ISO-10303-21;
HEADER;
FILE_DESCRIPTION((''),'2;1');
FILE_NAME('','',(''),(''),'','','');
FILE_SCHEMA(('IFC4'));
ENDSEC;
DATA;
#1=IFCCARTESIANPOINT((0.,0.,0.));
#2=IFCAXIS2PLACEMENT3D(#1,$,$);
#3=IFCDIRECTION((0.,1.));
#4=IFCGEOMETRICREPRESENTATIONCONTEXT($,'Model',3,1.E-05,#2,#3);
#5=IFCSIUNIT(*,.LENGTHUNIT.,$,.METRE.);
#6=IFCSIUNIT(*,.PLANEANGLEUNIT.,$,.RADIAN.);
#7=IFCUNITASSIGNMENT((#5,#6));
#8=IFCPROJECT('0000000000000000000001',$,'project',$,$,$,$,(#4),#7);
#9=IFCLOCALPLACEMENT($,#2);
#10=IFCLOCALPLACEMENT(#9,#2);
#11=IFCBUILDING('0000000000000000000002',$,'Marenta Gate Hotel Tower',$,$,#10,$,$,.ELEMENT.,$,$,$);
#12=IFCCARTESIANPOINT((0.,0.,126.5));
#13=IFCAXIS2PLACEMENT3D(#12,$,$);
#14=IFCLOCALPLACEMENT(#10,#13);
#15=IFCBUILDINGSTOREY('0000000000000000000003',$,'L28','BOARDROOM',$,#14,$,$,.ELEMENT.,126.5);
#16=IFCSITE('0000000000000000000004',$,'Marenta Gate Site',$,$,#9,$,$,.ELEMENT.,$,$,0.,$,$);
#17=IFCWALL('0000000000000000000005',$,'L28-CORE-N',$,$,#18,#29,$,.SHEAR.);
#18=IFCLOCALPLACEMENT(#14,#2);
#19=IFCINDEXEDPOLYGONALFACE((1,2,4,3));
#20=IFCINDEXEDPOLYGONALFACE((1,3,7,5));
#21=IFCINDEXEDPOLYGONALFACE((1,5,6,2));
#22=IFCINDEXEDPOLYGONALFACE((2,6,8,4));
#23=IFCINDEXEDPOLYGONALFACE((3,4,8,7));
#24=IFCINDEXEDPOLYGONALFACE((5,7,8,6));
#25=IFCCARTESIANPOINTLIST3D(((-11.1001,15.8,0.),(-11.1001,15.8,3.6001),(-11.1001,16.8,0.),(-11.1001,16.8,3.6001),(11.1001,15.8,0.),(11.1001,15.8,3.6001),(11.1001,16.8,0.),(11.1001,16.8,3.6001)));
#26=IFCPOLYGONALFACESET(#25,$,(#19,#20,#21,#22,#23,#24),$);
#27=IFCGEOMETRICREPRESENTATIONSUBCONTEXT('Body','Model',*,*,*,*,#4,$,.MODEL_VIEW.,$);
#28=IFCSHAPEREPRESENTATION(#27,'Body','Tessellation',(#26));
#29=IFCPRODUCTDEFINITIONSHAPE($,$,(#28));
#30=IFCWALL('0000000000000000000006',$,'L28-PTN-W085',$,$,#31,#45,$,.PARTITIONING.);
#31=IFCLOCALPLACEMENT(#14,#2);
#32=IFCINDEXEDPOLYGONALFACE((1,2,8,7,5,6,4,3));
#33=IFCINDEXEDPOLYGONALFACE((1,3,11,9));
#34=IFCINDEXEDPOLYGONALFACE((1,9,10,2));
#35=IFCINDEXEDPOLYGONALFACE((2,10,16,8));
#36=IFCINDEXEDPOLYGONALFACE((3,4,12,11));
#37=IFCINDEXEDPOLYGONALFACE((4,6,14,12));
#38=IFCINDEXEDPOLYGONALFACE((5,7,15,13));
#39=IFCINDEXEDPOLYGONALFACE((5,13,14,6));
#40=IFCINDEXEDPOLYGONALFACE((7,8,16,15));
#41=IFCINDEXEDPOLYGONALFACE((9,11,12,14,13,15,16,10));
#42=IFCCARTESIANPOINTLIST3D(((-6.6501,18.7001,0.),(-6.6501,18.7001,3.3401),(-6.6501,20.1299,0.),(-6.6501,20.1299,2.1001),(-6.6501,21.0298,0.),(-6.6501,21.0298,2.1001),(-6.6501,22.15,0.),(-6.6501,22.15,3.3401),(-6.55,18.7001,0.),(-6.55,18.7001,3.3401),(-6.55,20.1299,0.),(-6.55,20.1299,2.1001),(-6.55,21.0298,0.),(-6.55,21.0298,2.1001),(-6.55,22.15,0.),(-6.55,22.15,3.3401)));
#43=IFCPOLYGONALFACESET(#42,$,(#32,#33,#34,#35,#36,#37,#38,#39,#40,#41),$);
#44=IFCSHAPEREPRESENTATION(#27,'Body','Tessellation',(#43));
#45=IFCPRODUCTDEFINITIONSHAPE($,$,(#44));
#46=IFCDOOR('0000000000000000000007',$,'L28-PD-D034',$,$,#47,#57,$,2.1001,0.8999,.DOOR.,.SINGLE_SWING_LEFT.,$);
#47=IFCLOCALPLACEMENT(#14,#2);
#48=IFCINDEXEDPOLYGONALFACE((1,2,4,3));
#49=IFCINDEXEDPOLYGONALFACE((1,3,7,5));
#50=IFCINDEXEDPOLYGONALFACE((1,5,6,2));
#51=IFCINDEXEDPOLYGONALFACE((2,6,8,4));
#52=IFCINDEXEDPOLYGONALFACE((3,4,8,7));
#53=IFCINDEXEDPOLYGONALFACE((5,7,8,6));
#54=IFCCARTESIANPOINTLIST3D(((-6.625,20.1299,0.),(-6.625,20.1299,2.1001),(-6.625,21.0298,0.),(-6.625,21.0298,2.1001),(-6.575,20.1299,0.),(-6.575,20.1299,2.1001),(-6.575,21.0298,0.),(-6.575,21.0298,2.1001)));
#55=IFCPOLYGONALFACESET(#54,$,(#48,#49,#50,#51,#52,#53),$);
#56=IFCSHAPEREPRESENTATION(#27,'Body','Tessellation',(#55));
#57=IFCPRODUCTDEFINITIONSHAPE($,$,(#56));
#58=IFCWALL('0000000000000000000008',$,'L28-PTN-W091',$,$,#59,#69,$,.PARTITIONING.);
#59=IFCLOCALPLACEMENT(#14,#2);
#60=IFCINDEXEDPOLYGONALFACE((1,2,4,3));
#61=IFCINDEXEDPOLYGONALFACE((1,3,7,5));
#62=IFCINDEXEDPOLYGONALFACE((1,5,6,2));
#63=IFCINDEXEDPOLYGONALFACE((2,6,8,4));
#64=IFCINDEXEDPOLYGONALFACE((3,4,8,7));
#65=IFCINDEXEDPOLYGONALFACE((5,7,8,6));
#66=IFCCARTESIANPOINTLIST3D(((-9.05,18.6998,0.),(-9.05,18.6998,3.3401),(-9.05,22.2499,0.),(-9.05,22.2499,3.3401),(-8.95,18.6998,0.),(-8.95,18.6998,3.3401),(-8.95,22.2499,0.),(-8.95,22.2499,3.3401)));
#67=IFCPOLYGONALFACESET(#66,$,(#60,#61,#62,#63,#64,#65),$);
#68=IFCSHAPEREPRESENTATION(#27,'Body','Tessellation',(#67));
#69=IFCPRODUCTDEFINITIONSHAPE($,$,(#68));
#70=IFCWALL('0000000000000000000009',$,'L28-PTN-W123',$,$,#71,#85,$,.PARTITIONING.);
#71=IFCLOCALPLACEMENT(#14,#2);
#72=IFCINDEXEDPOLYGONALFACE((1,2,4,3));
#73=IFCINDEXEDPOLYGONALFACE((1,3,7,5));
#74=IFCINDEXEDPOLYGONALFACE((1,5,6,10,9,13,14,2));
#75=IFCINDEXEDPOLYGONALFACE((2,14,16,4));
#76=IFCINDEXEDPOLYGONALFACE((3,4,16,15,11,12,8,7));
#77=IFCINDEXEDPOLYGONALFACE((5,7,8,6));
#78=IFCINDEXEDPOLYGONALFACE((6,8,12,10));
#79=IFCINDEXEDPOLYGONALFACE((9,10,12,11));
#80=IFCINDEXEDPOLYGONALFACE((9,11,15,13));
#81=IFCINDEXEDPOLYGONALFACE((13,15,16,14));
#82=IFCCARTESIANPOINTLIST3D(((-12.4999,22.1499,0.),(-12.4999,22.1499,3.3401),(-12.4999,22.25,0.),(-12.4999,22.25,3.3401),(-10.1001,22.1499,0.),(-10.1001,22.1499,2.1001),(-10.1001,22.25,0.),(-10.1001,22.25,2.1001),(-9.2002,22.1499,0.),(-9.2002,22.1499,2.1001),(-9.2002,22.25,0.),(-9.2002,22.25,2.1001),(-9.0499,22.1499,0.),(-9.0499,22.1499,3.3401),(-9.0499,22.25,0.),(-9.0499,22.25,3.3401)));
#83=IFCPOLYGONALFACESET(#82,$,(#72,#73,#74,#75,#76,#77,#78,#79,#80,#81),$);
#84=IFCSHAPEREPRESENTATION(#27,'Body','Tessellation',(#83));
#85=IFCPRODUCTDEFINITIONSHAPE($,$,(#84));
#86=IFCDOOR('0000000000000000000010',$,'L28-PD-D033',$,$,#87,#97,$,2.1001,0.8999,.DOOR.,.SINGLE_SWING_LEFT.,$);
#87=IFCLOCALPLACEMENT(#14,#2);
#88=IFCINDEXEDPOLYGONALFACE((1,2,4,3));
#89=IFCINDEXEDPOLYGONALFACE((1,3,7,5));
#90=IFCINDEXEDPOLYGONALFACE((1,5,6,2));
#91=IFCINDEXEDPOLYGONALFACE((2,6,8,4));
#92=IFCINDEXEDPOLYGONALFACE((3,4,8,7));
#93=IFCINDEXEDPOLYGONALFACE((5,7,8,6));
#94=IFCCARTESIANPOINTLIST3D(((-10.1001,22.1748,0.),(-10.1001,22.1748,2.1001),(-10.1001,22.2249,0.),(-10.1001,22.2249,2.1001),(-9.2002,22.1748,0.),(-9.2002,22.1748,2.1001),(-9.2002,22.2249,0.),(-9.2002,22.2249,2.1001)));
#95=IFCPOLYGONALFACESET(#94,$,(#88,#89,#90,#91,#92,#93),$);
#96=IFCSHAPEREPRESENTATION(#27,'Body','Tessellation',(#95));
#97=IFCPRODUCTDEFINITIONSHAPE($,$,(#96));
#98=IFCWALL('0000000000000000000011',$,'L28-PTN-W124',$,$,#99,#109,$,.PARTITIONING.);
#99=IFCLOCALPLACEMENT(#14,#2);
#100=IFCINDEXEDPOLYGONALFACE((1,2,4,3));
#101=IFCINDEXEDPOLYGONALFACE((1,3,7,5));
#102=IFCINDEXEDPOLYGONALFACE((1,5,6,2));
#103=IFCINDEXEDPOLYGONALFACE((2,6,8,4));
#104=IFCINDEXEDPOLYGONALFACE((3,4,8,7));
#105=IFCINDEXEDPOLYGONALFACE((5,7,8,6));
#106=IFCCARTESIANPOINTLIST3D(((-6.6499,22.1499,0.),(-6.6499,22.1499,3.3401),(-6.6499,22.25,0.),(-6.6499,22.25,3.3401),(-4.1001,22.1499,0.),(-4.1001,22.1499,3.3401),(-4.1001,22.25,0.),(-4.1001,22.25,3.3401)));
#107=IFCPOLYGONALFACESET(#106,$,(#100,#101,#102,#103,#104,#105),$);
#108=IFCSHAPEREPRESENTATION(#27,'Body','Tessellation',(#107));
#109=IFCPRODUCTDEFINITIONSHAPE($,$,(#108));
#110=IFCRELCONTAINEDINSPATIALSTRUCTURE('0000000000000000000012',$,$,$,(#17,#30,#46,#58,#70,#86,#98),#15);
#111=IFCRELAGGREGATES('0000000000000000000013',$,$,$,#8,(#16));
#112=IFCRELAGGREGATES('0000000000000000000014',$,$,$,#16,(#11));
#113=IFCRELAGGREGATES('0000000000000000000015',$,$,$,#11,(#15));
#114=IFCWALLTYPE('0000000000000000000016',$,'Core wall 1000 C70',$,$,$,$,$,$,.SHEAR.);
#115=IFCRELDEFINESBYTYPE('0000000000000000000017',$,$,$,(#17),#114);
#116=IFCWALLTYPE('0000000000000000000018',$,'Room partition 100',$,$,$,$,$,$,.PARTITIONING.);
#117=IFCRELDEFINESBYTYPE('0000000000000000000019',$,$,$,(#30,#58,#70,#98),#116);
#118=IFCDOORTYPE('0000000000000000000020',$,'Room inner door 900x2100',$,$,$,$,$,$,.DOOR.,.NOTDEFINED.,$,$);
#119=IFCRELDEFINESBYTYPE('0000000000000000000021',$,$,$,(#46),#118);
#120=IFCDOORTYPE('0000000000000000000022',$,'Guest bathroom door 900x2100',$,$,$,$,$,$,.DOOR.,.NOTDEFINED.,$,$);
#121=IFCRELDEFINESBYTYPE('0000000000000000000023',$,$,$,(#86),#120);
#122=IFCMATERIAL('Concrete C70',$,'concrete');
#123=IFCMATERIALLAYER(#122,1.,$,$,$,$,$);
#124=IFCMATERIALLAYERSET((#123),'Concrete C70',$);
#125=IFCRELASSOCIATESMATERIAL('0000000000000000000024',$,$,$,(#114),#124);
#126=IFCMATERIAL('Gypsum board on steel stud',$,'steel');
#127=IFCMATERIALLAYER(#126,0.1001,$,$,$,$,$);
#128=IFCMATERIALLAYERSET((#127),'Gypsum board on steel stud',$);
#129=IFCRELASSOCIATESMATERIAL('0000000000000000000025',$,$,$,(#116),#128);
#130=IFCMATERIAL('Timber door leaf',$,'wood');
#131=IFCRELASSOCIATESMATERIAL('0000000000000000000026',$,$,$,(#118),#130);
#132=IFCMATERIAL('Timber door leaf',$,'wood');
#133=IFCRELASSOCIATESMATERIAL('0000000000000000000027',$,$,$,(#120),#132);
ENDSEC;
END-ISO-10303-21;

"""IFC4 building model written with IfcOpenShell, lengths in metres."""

from ifc_helpers import new_model, si_unit, direction, frame, frame_2d, origin, place, context, subcontext, project, spatial, rectangle, extrude, material, layer, layer_set, type_object, element, fill, save


model = new_model("IFC4")

# Units and contexts
model_context = context("Model", 3, precision=1e-05, world=origin(), true_north=direction((0.0, 1.0)))
body_context = subcontext(model_context, "Body", "Model", "MODEL_VIEW")
ifc_project = project(units=[si_unit("LENGTHUNIT", "METRE"), si_unit("PLANEANGLEUNIT", "RADIAN")], contexts=[model_context])

# Site, building, storey
site_placement = place(None, origin())
site = spatial("IfcSite", under=ifc_project, at=site_placement, Name="Marenta Gate Site", CompositionType="ELEMENT", RefElevation=0.0)
building_placement = place(site_placement, origin())
building = spatial("IfcBuilding", under=site, at=building_placement, Name="Marenta Gate Hotel Tower", CompositionType="ELEMENT")
storey_placement = place(building_placement, frame((0.0, 0.0, 126.5)))
storey = spatial("IfcBuildingStorey", under=building, at=storey_placement, Name="L28", Description="BOARDROOM", CompositionType="ELEMENT", Elevation=126.5)

# Wall
ifc_material_1 = material(Name="Concrete C70", Category="concrete")
ifc_layer_1 = layer(ifc_material_1, 1.0)
ifc_layer_set_1 = layer_set([ifc_layer_1], Name="Concrete C70")
wall_type_1 = type_object("IfcWallType", Name="Core wall 1000 C70", PredefinedType="SHEAR", material=ifc_layer_set_1)
wall_1_placement = place(storey_placement, frame((-11.1001, 16.3, 0.0), z_axis=(0.0, 0.0, 1.0), x_axis=(1.0, 0.0, 0.0)))
element("IfcWall", 1, at=wall_1_placement, inside=storey, type_object=wall_type_1, Name="L28-CORE-N", PredefinedType="SHEAR", context=body_context, shape_type="SweptSolid", body=[
    extrude(rectangle(XDim=22.2002, YDim=1.0, at=frame_2d((11.1001, 0.0))), origin(), (0.0, 0.0, 1.0), 3.6001),
])

# Wall, opening, door
ifc_material_2 = material(Name="Gypsum board on steel stud", Category="steel")
ifc_layer_2 = layer(ifc_material_2, 0.1001)
ifc_layer_set_2 = layer_set([ifc_layer_2], Name="Gypsum board on steel stud")
wall_type_2 = type_object("IfcWallType", Name="Room partition 100", PredefinedType="PARTITIONING", material=ifc_layer_set_2)
wall_2_placement = place(storey_placement, frame((-6.6001, 18.7, 0.0), z_axis=(0.0, 0.0, 1.0), x_axis=(0.0, 1.0, 0.0)))
wall_2 = element("IfcWall", 2, at=wall_2_placement, inside=storey, type_object=wall_type_2, Name="L28-PTN-W085", PredefinedType="PARTITIONING", context=body_context, shape_type="SweptSolid", body=[
    extrude(rectangle(XDim=3.45, YDim=0.1001, at=frame_2d((1.7251, 0.0))), origin(), (0.0, 0.0, 1.0), 3.3401),
])
opening_1_placement = place(wall_2_placement, frame((1.4299, 0.0, 0.0)))
opening_1 = element("IfcOpeningElement", 3, at=opening_1_placement, cuts=wall_2, PredefinedType="OPENING", context=body_context, shape_type="SweptSolid", body=[
    extrude(rectangle(XDim=0.8999, YDim=2.1001, at=frame_2d((0.45, 1.05))), frame((0.0, 0.05, 0.0), z_axis=(0.0, -1.0, 0.0), x_axis=(1.0, 0.0, 0.0)), (0.0, 0.0, 1.0), 0.1001),
])
ifc_material_3 = material(Name="Timber door leaf", Category="wood")
door_type_1 = type_object("IfcDoorType", Name="Room inner door 900x2100", OperationType="NOTDEFINED", PredefinedType="DOOR", material=ifc_material_3)
door_1_placement = place(opening_1_placement, origin())
door_1 = element("IfcDoor", 4, at=door_1_placement, inside=storey, type_object=door_type_1, Name="L28-PD-D034", OperationType="SINGLE_SWING_LEFT", OverallHeight=2.1001, OverallWidth=0.8999, PredefinedType="DOOR", context=body_context, shape_type="SweptSolid", body=[
    extrude(rectangle(XDim=0.8999, YDim=2.1001, at=frame_2d((0.45, 1.05))), frame((0.0, 0.0249, 0.0), z_axis=(0.0, -1.0, 0.0), x_axis=(1.0, 0.0, 0.0)), (0.0, 0.0, 1.0), 0.05),
])
fill(opening_1, door_1)

# Wall
wall_3_placement = place(storey_placement, frame((-9.0, 18.7, 0.0), z_axis=(0.0, 0.0, 1.0), x_axis=(0.0, 1.0, 0.0)))
element("IfcWall", 5, at=wall_3_placement, inside=storey, type_object=wall_type_2, Name="L28-PTN-W091", PredefinedType="PARTITIONING", context=body_context, shape_type="SweptSolid", body=[
    extrude(rectangle(XDim=3.55, YDim=0.1001, at=frame_2d((1.7749, 0.0))), origin(), (0.0, 0.0, 1.0), 3.3401),
])

# Wall, opening, door
wall_4_placement = place(storey_placement, frame((-12.5, 22.2, 0.0), z_axis=(0.0, 0.0, 1.0), x_axis=(1.0, 0.0, 0.0)))
wall_4 = element("IfcWall", 6, at=wall_4_placement, inside=storey, type_object=wall_type_2, Name="L28-PTN-W123", PredefinedType="PARTITIONING", context=body_context, shape_type="SweptSolid", body=[
    extrude(rectangle(XDim=3.45, YDim=0.1001, at=frame_2d((1.7251, 0.0))), origin(), (0.0, 0.0, 1.0), 3.3401),
])
opening_2_placement = place(wall_4_placement, frame((2.3999, 0.0, 0.0)))
opening_2 = element("IfcOpeningElement", 7, at=opening_2_placement, cuts=wall_4, PredefinedType="OPENING", context=body_context, shape_type="SweptSolid", body=[
    extrude(rectangle(XDim=0.8999, YDim=2.1001, at=frame_2d((0.45, 1.05))), frame((0.0, 0.05, 0.0), z_axis=(0.0, -1.0, 0.0), x_axis=(1.0, 0.0, 0.0)), (0.0, 0.0, 1.0), 0.1001),
])
ifc_material_4 = material(Name="Timber door leaf", Category="wood")
door_type_2 = type_object("IfcDoorType", Name="Guest bathroom door 900x2100", OperationType="NOTDEFINED", PredefinedType="DOOR", material=ifc_material_4)
door_2_placement = place(opening_2_placement, origin())
door_2 = element("IfcDoor", 8, at=door_2_placement, inside=storey, type_object=door_type_2, Name="L28-PD-D033", OperationType="SINGLE_SWING_LEFT", OverallHeight=2.1001, OverallWidth=0.8999, PredefinedType="DOOR", context=body_context, shape_type="SweptSolid", body=[
    extrude(rectangle(XDim=0.8999, YDim=2.1001, at=frame_2d((0.45, 1.05))), frame((0.0, 0.0249, 0.0), z_axis=(0.0, -1.0, 0.0), x_axis=(1.0, 0.0, 0.0)), (0.0, 0.0, 1.0), 0.05),
])
fill(opening_2, door_2)

# Wall
wall_5_placement = place(storey_placement, frame((-6.6499, 22.2, 0.0), z_axis=(0.0, 0.0, 1.0), x_axis=(1.0, 0.0, 0.0)))
element("IfcWall", 9, at=wall_5_placement, inside=storey, type_object=wall_type_2, Name="L28-PTN-W124", PredefinedType="PARTITIONING", context=body_context, shape_type="SweptSolid", body=[
    extrude(rectangle(XDim=2.5498, YDim=0.1001, at=frame_2d((1.2749, 0.0))), origin(), (0.0, 0.0, 1.0), 3.3401),
])

save(model, "model.ifc")
